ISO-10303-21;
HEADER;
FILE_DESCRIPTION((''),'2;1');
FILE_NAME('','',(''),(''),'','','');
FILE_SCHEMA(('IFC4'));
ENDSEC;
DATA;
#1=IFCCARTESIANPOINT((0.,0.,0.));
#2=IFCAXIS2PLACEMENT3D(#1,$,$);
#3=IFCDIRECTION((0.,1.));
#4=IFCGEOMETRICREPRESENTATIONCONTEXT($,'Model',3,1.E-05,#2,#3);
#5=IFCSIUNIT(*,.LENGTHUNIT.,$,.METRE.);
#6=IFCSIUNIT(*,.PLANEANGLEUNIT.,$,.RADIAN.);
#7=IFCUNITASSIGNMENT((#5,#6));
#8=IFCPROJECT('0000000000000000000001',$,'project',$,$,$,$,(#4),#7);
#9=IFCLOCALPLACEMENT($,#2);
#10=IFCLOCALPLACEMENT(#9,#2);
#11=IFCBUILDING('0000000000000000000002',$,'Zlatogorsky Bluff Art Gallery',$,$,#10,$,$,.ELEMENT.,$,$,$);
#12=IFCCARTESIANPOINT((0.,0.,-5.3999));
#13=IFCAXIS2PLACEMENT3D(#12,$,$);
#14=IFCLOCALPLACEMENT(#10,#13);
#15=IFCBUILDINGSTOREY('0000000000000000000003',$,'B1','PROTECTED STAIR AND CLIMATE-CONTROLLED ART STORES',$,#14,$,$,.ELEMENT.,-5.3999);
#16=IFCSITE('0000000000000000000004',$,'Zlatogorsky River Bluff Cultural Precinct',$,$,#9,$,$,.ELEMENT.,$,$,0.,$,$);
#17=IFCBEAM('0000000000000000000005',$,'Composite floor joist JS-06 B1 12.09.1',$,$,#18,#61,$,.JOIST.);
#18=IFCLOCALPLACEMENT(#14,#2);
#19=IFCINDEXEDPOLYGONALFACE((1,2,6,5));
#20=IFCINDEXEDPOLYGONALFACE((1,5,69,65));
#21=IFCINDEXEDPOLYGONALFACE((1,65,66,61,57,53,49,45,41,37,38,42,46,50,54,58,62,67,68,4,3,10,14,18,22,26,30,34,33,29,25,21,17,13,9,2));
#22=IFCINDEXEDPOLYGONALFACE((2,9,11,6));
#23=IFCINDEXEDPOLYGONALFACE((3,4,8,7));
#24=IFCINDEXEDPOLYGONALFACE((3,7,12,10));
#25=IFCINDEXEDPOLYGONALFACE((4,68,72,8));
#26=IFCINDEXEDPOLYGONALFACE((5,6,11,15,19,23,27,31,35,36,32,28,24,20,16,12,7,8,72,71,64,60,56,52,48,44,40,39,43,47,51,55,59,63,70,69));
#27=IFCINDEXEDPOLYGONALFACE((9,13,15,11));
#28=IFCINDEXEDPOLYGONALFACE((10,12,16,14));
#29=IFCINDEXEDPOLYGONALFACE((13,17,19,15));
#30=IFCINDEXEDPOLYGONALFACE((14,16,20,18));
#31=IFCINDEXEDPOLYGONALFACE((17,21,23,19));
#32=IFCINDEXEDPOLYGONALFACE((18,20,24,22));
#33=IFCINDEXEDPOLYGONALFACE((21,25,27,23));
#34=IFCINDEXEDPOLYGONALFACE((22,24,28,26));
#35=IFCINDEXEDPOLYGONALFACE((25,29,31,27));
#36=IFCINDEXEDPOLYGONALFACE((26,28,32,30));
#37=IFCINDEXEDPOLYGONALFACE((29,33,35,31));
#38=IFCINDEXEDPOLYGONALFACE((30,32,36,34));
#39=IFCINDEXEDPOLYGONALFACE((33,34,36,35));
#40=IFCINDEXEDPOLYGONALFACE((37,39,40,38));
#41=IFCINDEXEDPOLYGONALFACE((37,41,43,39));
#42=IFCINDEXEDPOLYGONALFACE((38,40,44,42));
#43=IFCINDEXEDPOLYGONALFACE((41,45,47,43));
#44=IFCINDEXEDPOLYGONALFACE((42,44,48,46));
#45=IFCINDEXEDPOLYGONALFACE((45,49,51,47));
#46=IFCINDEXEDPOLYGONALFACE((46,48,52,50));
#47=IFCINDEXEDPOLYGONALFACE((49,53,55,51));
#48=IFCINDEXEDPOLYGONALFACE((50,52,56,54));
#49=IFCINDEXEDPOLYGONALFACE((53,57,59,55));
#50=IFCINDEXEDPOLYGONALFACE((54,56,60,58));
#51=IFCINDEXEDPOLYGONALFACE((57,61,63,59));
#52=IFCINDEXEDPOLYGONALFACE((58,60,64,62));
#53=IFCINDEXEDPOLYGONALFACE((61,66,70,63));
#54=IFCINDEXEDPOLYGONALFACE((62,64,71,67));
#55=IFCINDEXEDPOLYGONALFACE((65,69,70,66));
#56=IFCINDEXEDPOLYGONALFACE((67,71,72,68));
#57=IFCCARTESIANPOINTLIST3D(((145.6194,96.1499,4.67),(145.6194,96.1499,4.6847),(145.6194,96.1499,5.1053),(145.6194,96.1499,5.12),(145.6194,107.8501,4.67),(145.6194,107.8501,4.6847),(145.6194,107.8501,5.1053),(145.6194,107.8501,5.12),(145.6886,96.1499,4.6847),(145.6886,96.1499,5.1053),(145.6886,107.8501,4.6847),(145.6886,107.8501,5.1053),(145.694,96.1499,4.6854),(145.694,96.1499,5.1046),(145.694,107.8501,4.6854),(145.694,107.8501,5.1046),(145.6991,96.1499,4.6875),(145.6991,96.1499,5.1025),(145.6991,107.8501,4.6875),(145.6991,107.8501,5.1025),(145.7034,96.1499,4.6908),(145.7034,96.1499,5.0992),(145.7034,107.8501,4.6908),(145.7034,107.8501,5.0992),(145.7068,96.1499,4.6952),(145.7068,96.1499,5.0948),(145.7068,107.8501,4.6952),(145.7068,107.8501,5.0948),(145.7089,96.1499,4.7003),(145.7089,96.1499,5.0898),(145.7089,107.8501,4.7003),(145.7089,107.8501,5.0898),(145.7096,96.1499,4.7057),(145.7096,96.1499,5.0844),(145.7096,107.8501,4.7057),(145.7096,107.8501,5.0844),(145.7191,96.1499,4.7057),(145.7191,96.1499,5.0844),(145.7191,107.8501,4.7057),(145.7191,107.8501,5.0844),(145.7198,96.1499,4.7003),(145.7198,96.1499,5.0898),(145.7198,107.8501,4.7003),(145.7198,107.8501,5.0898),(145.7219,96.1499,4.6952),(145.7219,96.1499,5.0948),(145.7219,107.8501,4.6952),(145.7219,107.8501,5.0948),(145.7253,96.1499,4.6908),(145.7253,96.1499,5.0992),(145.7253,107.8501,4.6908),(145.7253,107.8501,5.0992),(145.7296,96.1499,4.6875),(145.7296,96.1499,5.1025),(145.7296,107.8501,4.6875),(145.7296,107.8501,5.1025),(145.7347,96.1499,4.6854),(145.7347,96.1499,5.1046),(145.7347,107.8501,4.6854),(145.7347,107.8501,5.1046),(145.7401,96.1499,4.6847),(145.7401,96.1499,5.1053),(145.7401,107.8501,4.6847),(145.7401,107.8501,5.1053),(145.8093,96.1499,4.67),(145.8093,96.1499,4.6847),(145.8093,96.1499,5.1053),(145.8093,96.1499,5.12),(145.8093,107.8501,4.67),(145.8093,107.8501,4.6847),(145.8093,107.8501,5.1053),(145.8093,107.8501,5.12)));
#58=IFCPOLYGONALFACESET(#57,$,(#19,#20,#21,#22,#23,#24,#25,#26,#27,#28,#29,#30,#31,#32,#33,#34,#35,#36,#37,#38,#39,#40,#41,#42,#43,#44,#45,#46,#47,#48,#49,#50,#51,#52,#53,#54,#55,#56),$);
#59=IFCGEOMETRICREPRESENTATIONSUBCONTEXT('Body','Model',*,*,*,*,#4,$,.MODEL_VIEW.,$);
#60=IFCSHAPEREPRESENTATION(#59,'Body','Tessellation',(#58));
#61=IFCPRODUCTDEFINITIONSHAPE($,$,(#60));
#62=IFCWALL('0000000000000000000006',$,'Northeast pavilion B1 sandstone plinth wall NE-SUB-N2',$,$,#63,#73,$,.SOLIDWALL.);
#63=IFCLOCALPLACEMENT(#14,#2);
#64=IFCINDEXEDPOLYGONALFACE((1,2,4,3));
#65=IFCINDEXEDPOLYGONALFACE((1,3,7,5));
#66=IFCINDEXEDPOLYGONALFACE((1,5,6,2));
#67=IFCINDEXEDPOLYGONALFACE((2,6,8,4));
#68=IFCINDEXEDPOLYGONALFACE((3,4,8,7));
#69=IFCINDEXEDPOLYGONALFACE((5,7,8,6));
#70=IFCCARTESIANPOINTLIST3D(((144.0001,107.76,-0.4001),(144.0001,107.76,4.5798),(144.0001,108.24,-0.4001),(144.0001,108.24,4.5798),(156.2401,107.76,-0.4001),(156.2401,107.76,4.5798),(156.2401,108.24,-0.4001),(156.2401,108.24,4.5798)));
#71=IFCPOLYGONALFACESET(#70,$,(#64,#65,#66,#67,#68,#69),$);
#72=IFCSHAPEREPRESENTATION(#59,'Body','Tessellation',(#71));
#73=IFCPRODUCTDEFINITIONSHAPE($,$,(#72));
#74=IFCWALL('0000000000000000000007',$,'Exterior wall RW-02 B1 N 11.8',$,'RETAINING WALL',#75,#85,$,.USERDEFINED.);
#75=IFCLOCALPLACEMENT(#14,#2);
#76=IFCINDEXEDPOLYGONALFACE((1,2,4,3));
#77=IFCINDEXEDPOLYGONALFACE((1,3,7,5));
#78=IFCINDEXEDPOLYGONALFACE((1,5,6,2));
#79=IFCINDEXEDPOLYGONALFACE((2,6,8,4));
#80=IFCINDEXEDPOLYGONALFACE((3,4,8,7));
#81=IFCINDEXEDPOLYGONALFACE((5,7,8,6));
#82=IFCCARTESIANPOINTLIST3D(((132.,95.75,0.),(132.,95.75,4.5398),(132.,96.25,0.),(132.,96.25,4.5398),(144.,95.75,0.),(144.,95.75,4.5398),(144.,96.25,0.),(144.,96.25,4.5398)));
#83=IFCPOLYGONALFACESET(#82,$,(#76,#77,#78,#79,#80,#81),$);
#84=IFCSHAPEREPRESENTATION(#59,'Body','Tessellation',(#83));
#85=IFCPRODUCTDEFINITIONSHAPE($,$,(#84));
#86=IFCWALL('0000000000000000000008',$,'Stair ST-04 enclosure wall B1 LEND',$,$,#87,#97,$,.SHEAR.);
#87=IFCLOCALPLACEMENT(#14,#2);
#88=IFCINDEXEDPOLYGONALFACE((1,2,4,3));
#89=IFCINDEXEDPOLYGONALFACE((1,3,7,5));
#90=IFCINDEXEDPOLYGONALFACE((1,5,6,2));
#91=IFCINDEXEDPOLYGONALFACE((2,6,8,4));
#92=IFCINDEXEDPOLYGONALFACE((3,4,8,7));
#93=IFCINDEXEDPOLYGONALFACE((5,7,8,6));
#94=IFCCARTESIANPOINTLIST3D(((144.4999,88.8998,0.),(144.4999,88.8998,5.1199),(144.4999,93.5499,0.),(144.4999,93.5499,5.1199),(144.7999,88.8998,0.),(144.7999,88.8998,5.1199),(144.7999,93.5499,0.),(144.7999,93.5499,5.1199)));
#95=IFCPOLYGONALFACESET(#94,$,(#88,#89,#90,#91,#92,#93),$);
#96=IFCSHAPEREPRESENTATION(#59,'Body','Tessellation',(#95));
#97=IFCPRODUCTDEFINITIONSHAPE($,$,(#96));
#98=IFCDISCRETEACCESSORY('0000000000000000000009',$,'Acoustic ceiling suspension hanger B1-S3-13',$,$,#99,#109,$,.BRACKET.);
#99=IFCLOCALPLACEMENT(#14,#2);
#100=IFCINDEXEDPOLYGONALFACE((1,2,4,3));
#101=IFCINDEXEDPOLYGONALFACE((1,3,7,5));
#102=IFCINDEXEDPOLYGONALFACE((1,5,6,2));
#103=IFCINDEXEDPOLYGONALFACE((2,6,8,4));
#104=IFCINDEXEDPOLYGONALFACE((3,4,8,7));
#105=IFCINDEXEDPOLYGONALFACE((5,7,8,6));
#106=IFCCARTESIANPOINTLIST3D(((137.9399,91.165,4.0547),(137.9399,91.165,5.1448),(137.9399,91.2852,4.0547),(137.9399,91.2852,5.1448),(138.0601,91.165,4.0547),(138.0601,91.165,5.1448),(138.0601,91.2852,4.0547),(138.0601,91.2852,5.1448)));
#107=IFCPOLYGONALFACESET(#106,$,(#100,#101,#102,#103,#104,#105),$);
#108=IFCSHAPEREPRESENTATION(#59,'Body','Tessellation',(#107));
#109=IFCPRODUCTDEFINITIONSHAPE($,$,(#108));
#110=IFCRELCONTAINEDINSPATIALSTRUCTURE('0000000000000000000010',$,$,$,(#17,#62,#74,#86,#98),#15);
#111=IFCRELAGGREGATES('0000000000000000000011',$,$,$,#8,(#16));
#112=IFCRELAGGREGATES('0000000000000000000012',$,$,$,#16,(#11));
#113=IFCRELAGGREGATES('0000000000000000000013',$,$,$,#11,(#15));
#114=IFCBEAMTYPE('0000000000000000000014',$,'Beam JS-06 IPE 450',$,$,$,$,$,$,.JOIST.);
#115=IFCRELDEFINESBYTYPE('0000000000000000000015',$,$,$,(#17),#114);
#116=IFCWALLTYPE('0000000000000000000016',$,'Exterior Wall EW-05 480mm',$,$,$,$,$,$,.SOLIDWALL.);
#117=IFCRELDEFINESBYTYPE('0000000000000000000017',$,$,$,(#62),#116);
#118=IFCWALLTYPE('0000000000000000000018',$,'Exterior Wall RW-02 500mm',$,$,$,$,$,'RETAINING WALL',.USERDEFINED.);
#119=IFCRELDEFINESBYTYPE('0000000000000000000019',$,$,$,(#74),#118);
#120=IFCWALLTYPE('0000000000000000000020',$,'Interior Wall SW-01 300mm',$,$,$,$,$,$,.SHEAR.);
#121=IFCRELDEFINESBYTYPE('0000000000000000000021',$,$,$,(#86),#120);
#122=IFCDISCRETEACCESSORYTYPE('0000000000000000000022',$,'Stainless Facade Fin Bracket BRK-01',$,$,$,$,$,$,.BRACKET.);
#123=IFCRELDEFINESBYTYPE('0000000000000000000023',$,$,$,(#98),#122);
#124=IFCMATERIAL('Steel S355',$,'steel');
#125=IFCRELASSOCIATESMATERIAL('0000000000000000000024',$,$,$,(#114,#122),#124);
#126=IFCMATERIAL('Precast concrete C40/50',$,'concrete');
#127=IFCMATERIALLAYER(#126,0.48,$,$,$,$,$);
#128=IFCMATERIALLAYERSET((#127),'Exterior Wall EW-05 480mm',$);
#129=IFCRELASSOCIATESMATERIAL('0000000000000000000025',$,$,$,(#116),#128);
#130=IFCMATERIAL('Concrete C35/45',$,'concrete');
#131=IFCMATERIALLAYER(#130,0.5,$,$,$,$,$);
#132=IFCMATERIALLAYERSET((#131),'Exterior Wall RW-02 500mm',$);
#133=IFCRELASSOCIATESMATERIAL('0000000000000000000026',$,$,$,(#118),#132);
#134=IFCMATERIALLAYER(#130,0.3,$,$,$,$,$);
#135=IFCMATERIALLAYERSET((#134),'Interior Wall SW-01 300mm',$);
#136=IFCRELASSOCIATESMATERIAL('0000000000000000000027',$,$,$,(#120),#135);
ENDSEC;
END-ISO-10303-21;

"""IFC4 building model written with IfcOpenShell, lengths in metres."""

from ifc_helpers import new_model, si_unit, direction, frame, frame_2d, origin, origin_2d, place, context, subcontext, project, spatial, rectangle, i_section, extrude, material, layer, layer_set, material_profile, profile_set, type_object, element, save


model = new_model("IFC4")

# Units and contexts
model_context = context("Model", 3, precision=1e-05, world=origin(), true_north=direction((0.0, 1.0)))
body_context = subcontext(model_context, "Body", "Model", "MODEL_VIEW")
ifc_project = project(units=[si_unit("LENGTHUNIT", "METRE"), si_unit("PLANEANGLEUNIT", "RADIAN")], contexts=[model_context])

# Site, building, storey
site_placement = place(None, origin())
site = spatial("IfcSite", under=ifc_project, at=site_placement, Name="Zlatogorsky River Bluff Cultural Precinct", CompositionType="ELEMENT", RefElevation=0.0)
building_placement = place(site_placement, origin())
building = spatial("IfcBuilding", under=site, at=building_placement, Name="Zlatogorsky Bluff Art Gallery", CompositionType="ELEMENT")
storey_placement = place(building_placement, frame((0.0, 0.0, -5.3999)))
storey = spatial("IfcBuildingStorey", under=building, at=storey_placement, Name="B1", Description="PROTECTED STAIR AND CLIMATE-CONTROLLED ART STORES", CompositionType="ELEMENT", Elevation=-5.3999)

# Shared definitions
ifc_material_1 = material(Name="Concrete C35/45", Category="concrete")

# Shared definitions
ifc_material_2 = material(Name="Steel S355", Category="steel")

# Beam
ifc_material_profile_1 = material_profile(ifc_material_2, i_section(OverallWidth=0.1899, OverallDepth=0.45, WebThickness=0.0095, FlangeThickness=0.0146, FilletRadius=0.021, at=origin_2d()), Name="IPE 450")
ifc_profile_set_1 = profile_set([ifc_material_profile_1], Name="Steel S355")
beam_type_1 = type_object("IfcBeamType", Name="Beam JS-06 IPE 450", PredefinedType="JOIST", material=ifc_profile_set_1)
for number, where, z_axis, x_axis, name in (
    (1, (145.7144, 96.1499, 4.895), (0.0, 1.0, 0.0), (-1.0, 0.0, 0.0), "Composite floor joist JS-06 B1 12.09.1"),
):
    element("IfcBeam", number, at=place(storey_placement, frame(where, z_axis=z_axis, x_axis=x_axis)), inside=storey, type_object=beam_type_1, Name=name, PredefinedType="JOIST", context=body_context, shape_type="SweptSolid", body=[
        extrude(i_section(OverallWidth=0.1899, OverallDepth=0.45, WebThickness=0.0095, FlangeThickness=0.0146, FilletRadius=0.021, at=origin_2d()), origin(), (0.0, 0.0, 1.0), 11.7002),
    ])

# Walls
ifc_material_3 = material(Name="Precast concrete C40/50", Category="concrete")
ifc_layer_1 = layer(ifc_material_3, 0.48)
ifc_layer_set_1 = layer_set([ifc_layer_1], Name="Exterior Wall EW-05 480mm")
wall_type_1 = type_object("IfcWallType", Name="Exterior Wall EW-05 480mm", PredefinedType="SOLIDWALL", material=ifc_layer_set_1)
wall_1_placement = place(storey_placement, frame((144.0, 108.0, -0.4001), z_axis=(0.0, 0.0, 1.0), x_axis=(1.0, 0.0, 0.0)))
element("IfcWall", 2, at=wall_1_placement, inside=storey, type_object=wall_type_1, Name="Northeast pavilion B1 sandstone plinth wall NE-SUB-N2", PredefinedType="SOLIDWALL", context=body_context, shape_type="SweptSolid", body=[
    extrude(rectangle(XDim=12.24, YDim=0.48, at=frame_2d((6.1201, 0.0))), origin(), (0.0, 0.0, 1.0), 4.98),
])
ifc_layer_2 = layer(ifc_material_1, 0.5)
ifc_layer_set_2 = layer_set([ifc_layer_2], Name="Exterior Wall RW-02 500mm")
wall_type_2 = type_object("IfcWallType", Name="Exterior Wall RW-02 500mm", ElementType="RETAINING WALL", PredefinedType="USERDEFINED", material=ifc_layer_set_2)
wall_2_placement = place(storey_placement, frame((144.0, 96.0, 0.0), z_axis=(0.0, 0.0, 1.0), x_axis=(-1.0, 0.0, 0.0)))
element("IfcWall", 3, at=wall_2_placement, inside=storey, type_object=wall_type_2, Name="Exterior wall RW-02 B1 N 11.8", ObjectType="RETAINING WALL", PredefinedType="USERDEFINED", context=body_context, shape_type="SweptSolid", body=[
    extrude(rectangle(XDim=12.0, YDim=0.5, at=frame_2d((6.0, 0.0))), origin(), (0.0, 0.0, 1.0), 4.5398),
])
ifc_layer_3 = layer(ifc_material_1, 0.3)
ifc_layer_set_3 = layer_set([ifc_layer_3], Name="Interior Wall SW-01 300mm")
wall_type_3 = type_object("IfcWallType", Name="Interior Wall SW-01 300mm", PredefinedType="SHEAR", material=ifc_layer_set_3)
wall_3_placement = place(storey_placement, frame((144.6499, 93.55, 0.0), z_axis=(0.0, 0.0, 1.0), x_axis=(0.0, -1.0, 0.0)))
element("IfcWall", 4, at=wall_3_placement, inside=storey, type_object=wall_type_3, Name="Stair ST-04 enclosure wall B1 LEND", PredefinedType="SHEAR", context=body_context, shape_type="SweptSolid", body=[
    extrude(rectangle(XDim=4.6501, YDim=0.3, at=frame_2d((2.3252, 0.0))), origin(), (0.0, 0.0, 1.0), 5.1199),
])

# Discrete accessory
discrete_accessory_type = type_object("IfcDiscreteAccessoryType", Name="Stainless Facade Fin Bracket BRK-01", PredefinedType="BRACKET", material=ifc_material_2)
discrete_accessory_placement = place(storey_placement, frame((138.0, 91.2251, 4.0547), z_axis=(0.0, 0.0, 1.0), x_axis=(1.0, 0.0, 0.0)))
element("IfcDiscreteAccessory", 5, at=discrete_accessory_placement, inside=storey, type_object=discrete_accessory_type, Name="Acoustic ceiling suspension hanger B1-S3-13", PredefinedType="BRACKET", context=body_context, shape_type="SweptSolid", body=[
    extrude(rectangle(XDim=0.1201, YDim=0.1201, at=origin_2d()), origin(), (0.0, 0.0, 1.0), 1.0901),
])

save(model, "model.ifc")
